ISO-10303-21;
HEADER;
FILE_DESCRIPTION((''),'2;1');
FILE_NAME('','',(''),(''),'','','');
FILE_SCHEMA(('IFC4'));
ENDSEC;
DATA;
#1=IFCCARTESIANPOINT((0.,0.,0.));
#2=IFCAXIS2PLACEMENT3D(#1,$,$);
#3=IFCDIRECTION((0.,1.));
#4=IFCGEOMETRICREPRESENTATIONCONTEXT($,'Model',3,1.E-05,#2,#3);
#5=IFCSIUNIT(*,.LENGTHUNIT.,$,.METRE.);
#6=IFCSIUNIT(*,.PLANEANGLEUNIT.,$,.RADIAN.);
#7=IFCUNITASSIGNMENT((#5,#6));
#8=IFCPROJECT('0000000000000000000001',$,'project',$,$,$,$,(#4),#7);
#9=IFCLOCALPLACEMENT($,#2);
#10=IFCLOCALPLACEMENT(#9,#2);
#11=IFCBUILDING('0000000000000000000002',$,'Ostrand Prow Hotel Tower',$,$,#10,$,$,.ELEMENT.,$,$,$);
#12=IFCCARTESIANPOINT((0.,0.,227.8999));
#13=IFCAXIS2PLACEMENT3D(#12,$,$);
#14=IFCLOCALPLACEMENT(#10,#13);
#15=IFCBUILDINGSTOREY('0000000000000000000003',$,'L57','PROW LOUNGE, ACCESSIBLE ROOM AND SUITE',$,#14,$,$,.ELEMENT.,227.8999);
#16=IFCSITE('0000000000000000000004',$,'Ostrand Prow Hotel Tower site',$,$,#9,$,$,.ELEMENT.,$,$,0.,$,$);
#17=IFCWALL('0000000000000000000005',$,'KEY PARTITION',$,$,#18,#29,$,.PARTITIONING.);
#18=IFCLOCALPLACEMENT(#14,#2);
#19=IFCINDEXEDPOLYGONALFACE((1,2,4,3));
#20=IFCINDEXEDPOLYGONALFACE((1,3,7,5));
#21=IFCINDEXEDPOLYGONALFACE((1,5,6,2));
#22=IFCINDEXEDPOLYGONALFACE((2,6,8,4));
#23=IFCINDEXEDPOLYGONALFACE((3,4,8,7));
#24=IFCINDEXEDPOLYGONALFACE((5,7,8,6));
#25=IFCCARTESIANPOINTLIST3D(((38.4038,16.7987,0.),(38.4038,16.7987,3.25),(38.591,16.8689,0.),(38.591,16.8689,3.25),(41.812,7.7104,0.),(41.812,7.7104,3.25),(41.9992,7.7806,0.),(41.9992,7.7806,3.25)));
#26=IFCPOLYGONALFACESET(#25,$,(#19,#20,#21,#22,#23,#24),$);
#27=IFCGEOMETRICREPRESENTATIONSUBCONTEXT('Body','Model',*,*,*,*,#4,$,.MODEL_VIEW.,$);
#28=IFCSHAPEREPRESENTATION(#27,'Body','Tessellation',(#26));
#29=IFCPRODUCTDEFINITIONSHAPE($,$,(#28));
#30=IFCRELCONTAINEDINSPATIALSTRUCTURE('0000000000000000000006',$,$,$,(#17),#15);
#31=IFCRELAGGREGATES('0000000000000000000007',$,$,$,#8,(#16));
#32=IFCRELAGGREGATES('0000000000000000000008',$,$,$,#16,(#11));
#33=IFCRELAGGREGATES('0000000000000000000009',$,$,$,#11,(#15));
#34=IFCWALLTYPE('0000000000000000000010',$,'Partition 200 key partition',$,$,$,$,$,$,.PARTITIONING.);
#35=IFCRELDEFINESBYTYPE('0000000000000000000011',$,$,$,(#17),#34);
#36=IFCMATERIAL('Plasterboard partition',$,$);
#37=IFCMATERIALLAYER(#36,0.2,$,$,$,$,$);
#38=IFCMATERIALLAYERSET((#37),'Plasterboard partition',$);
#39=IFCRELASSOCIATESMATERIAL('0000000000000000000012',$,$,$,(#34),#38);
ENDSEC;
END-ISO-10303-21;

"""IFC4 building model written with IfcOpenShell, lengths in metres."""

from ifc_helpers import new_model, si_unit, direction, frame, frame_2d, origin, place, context, subcontext, project, spatial, rectangle, extrude, material, layer, layer_set, type_object, element, save


model = new_model("IFC4")

# Units and contexts
model_context = context("Model", 3, precision=1e-05, world=origin(), true_north=direction((0.0, 1.0)))
body_context = subcontext(model_context, "Body", "Model", "MODEL_VIEW")
ifc_project = project(units=[si_unit("LENGTHUNIT", "METRE"), si_unit("PLANEANGLEUNIT", "RADIAN")], contexts=[model_context])

# Site, building, storey
site_placement = place(None, origin())
site = spatial("IfcSite", under=ifc_project, at=site_placement, Name="Ostrand Prow Hotel Tower site", CompositionType="ELEMENT", RefElevation=0.0)
building_placement = place(site_placement, origin())
building = spatial("IfcBuilding", under=site, at=building_placement, Name="Ostrand Prow Hotel Tower", CompositionType="ELEMENT")
storey_placement = place(building_placement, frame((0.0, 0.0, 227.8999)))
storey = spatial("IfcBuildingStorey", under=building, at=storey_placement, Name="L57", Description="PROW LOUNGE, ACCESSIBLE ROOM AND SUITE", CompositionType="ELEMENT", Elevation=227.8999)

# Wall
ifc_material_1 = material(Name="Plasterboard partition")
ifc_layer_1 = layer(ifc_material_1, 0.2)
ifc_layer_set_1 = layer_set([ifc_layer_1], Name="Plasterboard partition")
wall_type_1 = type_object("IfcWallType", Name="Partition 200 key partition", PredefinedType="PARTITIONING", material=ifc_layer_set_1)
wall_1_placement = place(storey_placement, frame((41.9055, 7.7456, 0.0), z_axis=(0.0, 0.0, 1.0), x_axis=(-0.351129, 0.936327, 0.0)))
element("IfcWall", 1, at=wall_1_placement, inside=storey, type_object=wall_type_1, Name="KEY PARTITION", PredefinedType="PARTITIONING", context=body_context, shape_type="SweptSolid", body=[
    extrude(rectangle(XDim=9.7063, YDim=0.2, at=frame_2d((4.853, 0.0))), origin(), (0.0, 0.0, 1.0), 3.25),
])

save(model, "model.ifc")
